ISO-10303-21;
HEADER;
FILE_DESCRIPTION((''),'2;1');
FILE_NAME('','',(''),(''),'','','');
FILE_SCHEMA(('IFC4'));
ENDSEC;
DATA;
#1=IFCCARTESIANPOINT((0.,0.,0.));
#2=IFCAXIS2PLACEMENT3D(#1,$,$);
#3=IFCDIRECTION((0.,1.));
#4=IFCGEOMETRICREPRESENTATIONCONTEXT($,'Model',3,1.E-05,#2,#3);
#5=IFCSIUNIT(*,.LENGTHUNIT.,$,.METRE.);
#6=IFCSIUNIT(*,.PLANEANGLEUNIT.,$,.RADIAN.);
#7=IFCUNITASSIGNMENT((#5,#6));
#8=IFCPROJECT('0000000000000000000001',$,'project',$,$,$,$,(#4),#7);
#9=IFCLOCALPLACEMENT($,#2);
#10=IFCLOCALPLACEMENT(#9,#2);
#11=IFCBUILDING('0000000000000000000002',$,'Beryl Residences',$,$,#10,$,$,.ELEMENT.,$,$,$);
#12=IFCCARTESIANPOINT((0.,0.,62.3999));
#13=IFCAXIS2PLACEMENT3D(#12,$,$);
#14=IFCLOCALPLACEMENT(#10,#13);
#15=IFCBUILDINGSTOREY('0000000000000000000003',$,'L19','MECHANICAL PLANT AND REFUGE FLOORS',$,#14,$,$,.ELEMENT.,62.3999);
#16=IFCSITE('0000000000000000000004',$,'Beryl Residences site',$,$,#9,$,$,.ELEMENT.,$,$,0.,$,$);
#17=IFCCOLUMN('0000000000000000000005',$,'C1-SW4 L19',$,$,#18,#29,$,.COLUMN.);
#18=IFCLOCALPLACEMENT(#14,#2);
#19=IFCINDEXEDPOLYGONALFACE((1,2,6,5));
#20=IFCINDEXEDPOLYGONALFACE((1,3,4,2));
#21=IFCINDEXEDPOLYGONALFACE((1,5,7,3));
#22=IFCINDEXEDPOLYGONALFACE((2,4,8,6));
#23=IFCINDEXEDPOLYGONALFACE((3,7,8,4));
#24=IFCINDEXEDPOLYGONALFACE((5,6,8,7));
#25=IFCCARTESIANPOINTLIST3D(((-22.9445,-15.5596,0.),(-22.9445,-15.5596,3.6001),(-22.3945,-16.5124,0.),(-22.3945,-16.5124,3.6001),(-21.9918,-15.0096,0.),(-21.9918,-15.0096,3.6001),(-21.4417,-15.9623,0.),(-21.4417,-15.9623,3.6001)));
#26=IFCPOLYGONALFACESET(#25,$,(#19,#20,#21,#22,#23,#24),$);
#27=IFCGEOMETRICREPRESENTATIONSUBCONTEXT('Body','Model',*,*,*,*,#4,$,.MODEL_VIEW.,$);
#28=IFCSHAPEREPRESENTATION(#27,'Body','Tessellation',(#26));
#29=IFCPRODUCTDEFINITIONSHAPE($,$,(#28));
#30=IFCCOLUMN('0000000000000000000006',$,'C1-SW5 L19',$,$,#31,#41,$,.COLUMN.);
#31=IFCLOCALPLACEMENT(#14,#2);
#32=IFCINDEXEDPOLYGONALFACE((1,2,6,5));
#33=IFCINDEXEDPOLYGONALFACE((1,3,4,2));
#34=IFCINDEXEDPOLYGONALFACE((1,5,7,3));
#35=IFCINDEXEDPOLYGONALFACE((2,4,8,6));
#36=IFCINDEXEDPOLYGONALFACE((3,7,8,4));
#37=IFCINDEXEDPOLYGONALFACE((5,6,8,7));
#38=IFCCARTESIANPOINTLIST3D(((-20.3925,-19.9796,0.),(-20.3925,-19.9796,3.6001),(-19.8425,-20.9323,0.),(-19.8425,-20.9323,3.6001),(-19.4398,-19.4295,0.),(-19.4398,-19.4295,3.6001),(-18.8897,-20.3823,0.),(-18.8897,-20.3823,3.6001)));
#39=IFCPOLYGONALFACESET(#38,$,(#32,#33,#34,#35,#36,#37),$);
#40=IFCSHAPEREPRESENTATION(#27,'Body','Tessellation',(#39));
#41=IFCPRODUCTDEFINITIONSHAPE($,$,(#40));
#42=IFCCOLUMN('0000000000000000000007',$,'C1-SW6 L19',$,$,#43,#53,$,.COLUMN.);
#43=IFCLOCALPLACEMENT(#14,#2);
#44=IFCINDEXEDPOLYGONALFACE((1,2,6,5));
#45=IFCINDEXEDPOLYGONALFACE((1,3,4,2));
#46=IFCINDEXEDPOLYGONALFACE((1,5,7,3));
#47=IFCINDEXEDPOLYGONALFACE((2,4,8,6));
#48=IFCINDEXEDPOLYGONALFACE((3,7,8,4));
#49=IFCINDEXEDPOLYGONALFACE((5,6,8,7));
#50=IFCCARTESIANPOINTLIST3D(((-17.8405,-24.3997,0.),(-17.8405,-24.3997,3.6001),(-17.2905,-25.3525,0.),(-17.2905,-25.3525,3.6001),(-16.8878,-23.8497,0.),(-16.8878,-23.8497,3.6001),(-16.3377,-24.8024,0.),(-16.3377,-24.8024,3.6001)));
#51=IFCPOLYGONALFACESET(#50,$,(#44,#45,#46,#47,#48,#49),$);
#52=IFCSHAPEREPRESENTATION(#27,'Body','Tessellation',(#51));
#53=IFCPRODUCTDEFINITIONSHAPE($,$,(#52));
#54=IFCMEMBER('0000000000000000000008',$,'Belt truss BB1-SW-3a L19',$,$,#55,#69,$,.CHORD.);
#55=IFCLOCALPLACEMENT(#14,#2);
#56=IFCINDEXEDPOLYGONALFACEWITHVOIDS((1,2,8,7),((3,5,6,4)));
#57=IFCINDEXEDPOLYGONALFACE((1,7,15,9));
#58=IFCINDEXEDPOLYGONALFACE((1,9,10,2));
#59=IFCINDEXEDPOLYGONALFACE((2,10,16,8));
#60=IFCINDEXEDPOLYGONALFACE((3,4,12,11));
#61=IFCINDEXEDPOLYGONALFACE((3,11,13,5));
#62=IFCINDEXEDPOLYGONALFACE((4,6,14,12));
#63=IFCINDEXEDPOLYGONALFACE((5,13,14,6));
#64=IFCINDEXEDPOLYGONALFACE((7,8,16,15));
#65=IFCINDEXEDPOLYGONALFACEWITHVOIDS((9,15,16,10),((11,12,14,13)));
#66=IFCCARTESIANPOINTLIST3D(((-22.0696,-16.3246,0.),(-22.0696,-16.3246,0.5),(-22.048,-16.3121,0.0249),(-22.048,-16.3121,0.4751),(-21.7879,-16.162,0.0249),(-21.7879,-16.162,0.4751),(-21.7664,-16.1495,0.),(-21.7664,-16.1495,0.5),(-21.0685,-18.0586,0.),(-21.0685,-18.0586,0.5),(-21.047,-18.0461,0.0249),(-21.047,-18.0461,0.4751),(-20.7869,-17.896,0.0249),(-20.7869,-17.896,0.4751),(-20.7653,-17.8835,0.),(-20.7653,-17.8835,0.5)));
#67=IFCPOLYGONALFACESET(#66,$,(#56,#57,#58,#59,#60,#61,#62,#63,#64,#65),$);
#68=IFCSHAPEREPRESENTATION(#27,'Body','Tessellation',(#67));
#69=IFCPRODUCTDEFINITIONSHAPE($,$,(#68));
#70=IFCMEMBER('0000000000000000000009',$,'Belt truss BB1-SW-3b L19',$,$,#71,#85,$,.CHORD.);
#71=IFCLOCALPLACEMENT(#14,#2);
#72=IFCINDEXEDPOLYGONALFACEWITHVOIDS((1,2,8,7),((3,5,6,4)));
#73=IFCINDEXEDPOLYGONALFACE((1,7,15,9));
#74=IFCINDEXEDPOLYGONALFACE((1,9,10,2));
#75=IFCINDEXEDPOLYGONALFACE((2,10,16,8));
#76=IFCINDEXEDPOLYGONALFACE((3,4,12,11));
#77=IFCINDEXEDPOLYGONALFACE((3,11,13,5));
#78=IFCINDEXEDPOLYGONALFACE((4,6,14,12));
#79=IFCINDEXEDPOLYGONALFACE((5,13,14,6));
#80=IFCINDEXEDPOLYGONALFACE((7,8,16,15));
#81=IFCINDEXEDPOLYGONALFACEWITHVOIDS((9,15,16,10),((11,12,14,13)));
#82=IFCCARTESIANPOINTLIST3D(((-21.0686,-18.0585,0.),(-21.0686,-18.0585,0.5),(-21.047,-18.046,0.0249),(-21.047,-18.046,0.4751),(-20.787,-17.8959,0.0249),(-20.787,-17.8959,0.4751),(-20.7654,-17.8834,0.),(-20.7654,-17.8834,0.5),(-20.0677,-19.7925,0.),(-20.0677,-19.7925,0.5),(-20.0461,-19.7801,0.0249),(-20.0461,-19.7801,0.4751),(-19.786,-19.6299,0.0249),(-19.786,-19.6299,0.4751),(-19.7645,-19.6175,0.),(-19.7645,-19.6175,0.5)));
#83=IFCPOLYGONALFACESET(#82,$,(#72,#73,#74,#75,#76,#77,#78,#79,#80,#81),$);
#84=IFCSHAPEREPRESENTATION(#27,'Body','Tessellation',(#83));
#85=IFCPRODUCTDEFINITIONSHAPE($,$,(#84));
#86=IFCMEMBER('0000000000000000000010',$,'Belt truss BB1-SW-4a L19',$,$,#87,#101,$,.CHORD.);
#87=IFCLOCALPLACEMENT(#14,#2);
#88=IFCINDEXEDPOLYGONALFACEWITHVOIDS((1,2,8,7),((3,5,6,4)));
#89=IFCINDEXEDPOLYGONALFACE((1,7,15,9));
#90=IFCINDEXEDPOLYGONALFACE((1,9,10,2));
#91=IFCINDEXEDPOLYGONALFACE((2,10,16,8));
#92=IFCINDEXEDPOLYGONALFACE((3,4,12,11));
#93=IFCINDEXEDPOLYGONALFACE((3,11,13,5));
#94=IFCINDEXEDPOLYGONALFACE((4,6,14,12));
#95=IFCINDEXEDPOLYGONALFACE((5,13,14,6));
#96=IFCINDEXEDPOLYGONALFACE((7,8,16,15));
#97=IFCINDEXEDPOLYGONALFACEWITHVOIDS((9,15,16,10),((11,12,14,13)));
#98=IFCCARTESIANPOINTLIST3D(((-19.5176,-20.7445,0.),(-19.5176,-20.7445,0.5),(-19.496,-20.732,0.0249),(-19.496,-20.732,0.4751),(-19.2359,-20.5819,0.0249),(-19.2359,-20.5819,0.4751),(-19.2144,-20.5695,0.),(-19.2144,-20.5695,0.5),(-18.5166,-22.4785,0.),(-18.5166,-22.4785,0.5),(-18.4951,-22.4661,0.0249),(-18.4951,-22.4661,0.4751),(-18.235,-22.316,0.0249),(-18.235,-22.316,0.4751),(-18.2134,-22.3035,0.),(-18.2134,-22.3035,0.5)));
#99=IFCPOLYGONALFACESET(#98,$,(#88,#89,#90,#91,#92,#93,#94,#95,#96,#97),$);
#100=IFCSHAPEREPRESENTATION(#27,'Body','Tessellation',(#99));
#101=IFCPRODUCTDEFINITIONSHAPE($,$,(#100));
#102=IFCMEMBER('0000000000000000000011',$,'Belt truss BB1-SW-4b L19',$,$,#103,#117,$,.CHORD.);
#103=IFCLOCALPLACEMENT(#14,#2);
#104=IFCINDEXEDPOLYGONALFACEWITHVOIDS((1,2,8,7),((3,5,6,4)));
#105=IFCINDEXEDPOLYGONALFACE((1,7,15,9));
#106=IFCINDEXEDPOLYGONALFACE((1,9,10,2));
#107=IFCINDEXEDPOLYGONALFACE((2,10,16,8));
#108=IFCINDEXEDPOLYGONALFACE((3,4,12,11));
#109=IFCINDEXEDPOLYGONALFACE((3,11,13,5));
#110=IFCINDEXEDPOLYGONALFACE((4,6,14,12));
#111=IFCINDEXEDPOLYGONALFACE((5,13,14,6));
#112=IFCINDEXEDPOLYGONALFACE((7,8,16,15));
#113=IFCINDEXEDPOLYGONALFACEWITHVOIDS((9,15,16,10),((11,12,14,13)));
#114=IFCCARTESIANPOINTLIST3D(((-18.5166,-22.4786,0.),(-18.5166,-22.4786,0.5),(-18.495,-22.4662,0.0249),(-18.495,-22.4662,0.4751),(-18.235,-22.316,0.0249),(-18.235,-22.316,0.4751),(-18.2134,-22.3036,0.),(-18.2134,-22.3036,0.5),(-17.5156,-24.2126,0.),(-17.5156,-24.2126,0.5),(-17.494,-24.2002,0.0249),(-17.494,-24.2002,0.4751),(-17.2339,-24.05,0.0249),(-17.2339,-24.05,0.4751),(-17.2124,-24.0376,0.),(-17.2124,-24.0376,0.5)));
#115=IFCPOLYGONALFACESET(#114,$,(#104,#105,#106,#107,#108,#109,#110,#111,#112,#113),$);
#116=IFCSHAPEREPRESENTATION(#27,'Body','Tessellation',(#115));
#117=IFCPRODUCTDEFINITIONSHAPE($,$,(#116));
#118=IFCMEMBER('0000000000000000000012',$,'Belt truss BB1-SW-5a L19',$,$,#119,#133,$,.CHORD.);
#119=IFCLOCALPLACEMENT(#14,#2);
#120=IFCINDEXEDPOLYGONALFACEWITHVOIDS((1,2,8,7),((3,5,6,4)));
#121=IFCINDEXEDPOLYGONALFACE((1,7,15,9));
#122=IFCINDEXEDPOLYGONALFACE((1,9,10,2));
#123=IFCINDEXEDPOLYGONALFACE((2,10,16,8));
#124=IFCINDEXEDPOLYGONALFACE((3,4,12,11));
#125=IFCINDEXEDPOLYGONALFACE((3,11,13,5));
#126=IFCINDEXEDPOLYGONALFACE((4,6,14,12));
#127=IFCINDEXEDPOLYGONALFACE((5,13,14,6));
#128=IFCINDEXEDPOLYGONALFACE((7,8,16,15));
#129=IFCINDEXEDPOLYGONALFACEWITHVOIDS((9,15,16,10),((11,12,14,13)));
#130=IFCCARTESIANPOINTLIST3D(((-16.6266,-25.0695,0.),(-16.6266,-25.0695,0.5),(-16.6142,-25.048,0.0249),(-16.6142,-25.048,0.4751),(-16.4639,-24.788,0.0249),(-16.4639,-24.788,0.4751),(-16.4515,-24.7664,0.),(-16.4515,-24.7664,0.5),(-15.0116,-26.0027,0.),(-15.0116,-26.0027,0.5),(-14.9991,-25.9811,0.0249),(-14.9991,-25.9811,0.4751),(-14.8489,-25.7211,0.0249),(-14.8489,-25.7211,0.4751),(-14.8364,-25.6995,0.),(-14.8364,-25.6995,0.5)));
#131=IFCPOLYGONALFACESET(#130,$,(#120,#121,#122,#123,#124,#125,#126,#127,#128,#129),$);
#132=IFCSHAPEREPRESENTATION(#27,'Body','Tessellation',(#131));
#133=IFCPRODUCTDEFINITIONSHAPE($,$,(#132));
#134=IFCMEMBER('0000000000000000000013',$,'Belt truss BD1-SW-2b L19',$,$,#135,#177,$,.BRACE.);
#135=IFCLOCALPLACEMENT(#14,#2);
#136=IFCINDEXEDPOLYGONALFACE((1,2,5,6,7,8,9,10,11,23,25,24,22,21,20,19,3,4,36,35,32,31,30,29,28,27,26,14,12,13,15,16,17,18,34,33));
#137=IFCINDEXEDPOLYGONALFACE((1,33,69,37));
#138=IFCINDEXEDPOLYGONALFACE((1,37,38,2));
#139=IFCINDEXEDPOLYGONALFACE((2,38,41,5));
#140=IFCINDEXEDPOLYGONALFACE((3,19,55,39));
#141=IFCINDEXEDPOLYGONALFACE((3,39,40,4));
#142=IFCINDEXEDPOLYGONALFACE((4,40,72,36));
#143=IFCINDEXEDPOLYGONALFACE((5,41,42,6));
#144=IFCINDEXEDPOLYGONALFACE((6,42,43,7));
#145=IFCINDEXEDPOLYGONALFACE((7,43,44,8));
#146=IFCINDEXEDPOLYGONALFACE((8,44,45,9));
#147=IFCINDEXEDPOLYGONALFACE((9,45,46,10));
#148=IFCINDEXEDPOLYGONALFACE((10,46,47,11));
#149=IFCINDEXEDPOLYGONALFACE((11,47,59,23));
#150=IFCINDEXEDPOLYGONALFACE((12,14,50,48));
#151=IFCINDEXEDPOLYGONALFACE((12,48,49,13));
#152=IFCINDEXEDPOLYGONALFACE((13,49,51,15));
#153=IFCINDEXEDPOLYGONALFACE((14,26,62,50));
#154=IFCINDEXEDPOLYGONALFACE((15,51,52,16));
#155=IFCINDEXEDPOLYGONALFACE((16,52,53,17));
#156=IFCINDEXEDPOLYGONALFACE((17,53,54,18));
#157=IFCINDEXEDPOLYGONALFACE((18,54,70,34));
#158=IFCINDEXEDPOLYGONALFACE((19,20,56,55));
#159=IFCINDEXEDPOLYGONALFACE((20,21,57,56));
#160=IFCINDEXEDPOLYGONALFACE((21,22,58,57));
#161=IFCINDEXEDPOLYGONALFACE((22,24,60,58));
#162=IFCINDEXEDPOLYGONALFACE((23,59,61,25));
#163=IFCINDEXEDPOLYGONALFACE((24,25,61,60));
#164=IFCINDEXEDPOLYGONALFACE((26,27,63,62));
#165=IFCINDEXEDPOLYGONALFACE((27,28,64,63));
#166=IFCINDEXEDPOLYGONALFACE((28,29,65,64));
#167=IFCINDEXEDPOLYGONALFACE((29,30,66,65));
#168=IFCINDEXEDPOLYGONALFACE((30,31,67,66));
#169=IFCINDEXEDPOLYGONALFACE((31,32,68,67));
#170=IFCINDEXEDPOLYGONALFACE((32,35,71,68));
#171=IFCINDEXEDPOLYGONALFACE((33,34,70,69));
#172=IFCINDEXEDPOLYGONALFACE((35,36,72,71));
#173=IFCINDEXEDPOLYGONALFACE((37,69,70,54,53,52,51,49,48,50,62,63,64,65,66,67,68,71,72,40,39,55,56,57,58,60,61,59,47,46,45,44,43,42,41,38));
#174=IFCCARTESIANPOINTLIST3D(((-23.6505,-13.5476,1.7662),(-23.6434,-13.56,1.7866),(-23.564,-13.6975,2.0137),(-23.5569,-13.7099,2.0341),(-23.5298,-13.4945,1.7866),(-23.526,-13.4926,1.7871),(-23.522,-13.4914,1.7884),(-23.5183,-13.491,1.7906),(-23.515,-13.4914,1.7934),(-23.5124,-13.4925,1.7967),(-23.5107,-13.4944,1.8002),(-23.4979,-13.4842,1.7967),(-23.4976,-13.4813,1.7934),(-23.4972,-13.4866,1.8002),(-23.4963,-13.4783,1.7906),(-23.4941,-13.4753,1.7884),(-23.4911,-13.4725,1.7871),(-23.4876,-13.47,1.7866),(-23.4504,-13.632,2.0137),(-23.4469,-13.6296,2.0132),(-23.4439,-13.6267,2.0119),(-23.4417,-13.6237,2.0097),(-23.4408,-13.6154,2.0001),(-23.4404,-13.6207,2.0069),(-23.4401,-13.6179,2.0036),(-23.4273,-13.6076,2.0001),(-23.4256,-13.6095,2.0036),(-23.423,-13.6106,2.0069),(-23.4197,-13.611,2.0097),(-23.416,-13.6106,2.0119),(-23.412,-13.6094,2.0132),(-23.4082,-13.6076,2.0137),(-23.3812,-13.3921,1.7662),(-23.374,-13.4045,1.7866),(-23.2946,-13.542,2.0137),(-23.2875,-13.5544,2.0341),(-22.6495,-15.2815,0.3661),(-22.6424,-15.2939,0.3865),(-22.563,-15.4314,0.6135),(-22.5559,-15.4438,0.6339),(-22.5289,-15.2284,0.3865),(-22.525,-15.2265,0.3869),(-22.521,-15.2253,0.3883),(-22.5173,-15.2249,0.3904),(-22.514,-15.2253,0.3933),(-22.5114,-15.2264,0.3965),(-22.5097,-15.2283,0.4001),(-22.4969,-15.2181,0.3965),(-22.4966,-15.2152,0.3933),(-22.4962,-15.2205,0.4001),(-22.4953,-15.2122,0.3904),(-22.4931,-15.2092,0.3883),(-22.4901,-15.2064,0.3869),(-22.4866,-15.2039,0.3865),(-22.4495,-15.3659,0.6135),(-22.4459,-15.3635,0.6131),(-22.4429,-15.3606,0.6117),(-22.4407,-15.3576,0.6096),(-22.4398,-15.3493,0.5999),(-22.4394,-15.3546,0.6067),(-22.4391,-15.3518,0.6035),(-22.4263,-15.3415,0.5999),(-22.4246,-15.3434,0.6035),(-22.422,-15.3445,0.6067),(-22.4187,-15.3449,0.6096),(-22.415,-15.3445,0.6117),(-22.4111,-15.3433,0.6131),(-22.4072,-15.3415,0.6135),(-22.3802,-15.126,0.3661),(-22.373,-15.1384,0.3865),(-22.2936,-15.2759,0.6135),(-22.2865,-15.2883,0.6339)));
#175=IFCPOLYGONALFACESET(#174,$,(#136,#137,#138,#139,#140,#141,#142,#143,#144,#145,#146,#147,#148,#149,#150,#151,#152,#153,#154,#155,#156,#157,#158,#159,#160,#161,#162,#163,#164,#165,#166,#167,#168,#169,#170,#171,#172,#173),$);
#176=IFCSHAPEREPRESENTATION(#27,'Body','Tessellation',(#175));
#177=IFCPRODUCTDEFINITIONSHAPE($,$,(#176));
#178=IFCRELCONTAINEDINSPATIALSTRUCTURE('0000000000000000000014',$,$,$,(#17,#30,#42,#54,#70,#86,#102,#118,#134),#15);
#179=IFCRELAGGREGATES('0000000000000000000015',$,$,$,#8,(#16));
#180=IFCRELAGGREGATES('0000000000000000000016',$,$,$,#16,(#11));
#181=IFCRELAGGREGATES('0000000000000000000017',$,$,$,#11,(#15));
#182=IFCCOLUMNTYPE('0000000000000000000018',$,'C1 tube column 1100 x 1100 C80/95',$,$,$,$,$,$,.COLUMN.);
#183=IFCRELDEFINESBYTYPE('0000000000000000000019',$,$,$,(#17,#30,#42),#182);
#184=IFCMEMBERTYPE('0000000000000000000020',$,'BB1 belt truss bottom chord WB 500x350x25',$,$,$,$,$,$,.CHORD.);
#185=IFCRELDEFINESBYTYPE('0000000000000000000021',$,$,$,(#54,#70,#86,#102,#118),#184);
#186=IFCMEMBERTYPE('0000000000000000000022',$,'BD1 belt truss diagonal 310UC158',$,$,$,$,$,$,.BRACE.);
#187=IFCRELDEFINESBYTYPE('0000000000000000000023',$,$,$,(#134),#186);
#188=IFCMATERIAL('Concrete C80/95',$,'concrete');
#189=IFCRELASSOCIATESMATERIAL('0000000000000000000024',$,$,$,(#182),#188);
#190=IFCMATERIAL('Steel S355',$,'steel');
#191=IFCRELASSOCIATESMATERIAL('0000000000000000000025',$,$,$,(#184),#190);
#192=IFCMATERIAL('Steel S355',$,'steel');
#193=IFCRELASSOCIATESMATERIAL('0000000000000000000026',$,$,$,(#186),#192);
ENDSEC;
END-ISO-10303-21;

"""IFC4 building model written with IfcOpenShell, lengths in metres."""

from ifc_helpers import new_model, si_unit, direction, frame, origin, origin_2d, place, context, subcontext, project, spatial, rectangle, hollow_rectangle, i_section, extrude, material, material_profile, profile_set, type_object, element, save


model = new_model("IFC4")

# Units and contexts
model_context = context("Model", 3, precision=1e-05, world=origin(), true_north=direction((0.0, 1.0)))
body_context = subcontext(model_context, "Body", "Model", "MODEL_VIEW")
ifc_project = project(units=[si_unit("LENGTHUNIT", "METRE"), si_unit("PLANEANGLEUNIT", "RADIAN")], contexts=[model_context])

# Site, building, storey
site_placement = place(None, origin())
site = spatial("IfcSite", under=ifc_project, at=site_placement, Name="Beryl Residences site", CompositionType="ELEMENT", RefElevation=0.0)
building_placement = place(site_placement, origin())
building = spatial("IfcBuilding", under=site, at=building_placement, Name="Beryl Residences", CompositionType="ELEMENT")
storey_placement = place(building_placement, frame((0.0, 0.0, 62.3999)))
storey = spatial("IfcBuildingStorey", under=building, at=storey_placement, Name="L19", Description="MECHANICAL PLANT AND REFUGE FLOORS", CompositionType="ELEMENT", Elevation=62.3999)

# Columns
ifc_material_1 = material(Name="Concrete C80/95", Category="concrete")
ifc_material_profile_1 = material_profile(ifc_material_1, rectangle(XDim=1.1001, YDim=1.1001, at=origin_2d()))
ifc_profile_set_1 = profile_set([ifc_material_profile_1], Name="Concrete C80/95")
column_type = type_object("IfcColumnType", Name="C1 tube column 1100 x 1100 C80/95", PredefinedType="COLUMN", material=ifc_profile_set_1)
for number, where, z_axis, x_axis, name in (
    (1, (-22.1931, -15.761, 0.0), (0.0, 0.0, 1.0), (0.499985, -0.866034, 0.0), "C1-SW4 L19"),
    (2, (-19.6411, -20.1809, 0.0), (0.0, 0.0, 1.0), (0.499985, -0.866034, 0.0), "C1-SW5 L19"),
    (3, (-17.0891, -24.6011, 0.0), (0.0, 0.0, 1.0), (0.499985, -0.866034, 0.0), "C1-SW6 L19"),
):
    element("IfcColumn", number, at=place(storey_placement, frame(where, z_axis=z_axis, x_axis=x_axis)), inside=storey, type_object=column_type, Name=name, PredefinedType="COLUMN", context=body_context, shape_type="SweptSolid", body=[
        extrude(rectangle(XDim=1.1001, YDim=1.1001, at=origin_2d()), origin(), (0.0, 0.0, 1.0), 3.6001),
    ])

# Members
ifc_material_2 = material(Name="Steel S355", Category="steel")
ifc_material_profile_2 = material_profile(ifc_material_2, hollow_rectangle(XDim=0.3501, YDim=0.5, WallThickness=0.0249, at=origin_2d()))
ifc_profile_set_2 = profile_set([ifc_material_profile_2], Name="Steel S355")
member_type_1 = type_object("IfcMemberType", Name="BB1 belt truss bottom chord WB 500x350x25", PredefinedType="CHORD", material=ifc_profile_set_2)
for number, where, z_axis, x_axis, name in (
    (4, (-21.918, -16.2371, 0.25), (0.499969, -0.866043, 0.0), (0.866043, 0.499969, 0.0), "Belt truss BB1-SW-3a L19"),
    (5, (-20.917, -17.9709, 0.25), (0.499916, -0.866074, 0.0), (0.866074, 0.499916, 0.0), "Belt truss BB1-SW-3b L19"),
    (6, (-19.366, -20.657, 0.25), (0.499916, -0.866074, 0.0), (0.866074, 0.499916, 0.0), "Belt truss BB1-SW-4a L19"),
    (7, (-18.365, -22.3911, 0.25), (0.499969, -0.866043, 0.0), (0.866043, 0.499969, 0.0), "Belt truss BB1-SW-4b L19"),
):
    element("IfcMember", number, at=place(storey_placement, frame(where, z_axis=z_axis, x_axis=x_axis)), inside=storey, type_object=member_type_1, Name=name, PredefinedType="CHORD", context=body_context, shape_type="SweptSolid", body=[
        extrude(hollow_rectangle(XDim=0.3501, YDim=0.5, WallThickness=0.0249, at=origin_2d()), origin(), (0.0, 0.0, 1.0), 2.0022),
    ])
member_1_placement = place(storey_placement, frame((-16.5391, -24.918, 0.25), z_axis=(0.865865, -0.500278, 0.0), x_axis=(0.500278, 0.865865, 0.0)))
element("IfcMember", 8, at=member_1_placement, inside=storey, type_object=member_type_1, Name="Belt truss BB1-SW-5a L19", PredefinedType="CHORD", context=body_context, shape_type="SweptSolid", body=[
    extrude(hollow_rectangle(XDim=0.3501, YDim=0.5, WallThickness=0.0249, at=origin_2d()), origin(), (0.0, 0.0, 1.0), 1.8652),
])
ifc_material_3 = material(Name="Steel S355", Category="steel")
ifc_material_profile_3 = material_profile(ifc_material_3, i_section(OverallWidth=0.311, OverallDepth=0.3269, WebThickness=0.0156, FlangeThickness=0.0249, FilletRadius=0.0166, at=origin_2d()))
ifc_profile_set_3 = profile_set([ifc_material_profile_3], Name="Steel S355")
member_type_2 = type_object("IfcMemberType", Name="BD1 belt truss diagonal 310UC158", PredefinedType="BRACE", material=ifc_profile_set_3)
for number, where, z_axis, x_axis, name in (
    (9, (-22.468, -15.2849, 0.5), (-0.409716, 0.709708, 0.573103), (-0.866043, -0.499969, 0.0), "Belt truss BD1-SW-2b L19"),
):
    element("IfcMember", number, at=place(storey_placement, frame(where, z_axis=z_axis, x_axis=x_axis)), inside=storey, type_object=member_type_2, Name=name, PredefinedType="BRACE", context=body_context, shape_type="SweptSolid", body=[
        extrude(i_section(OverallWidth=0.311, OverallDepth=0.3269, WebThickness=0.0156, FlangeThickness=0.0249, FilletRadius=0.0166, at=origin_2d()), origin(), (0.0, 0.0, 1.0), 2.4431),
    ])

save(model, "model.ifc")
